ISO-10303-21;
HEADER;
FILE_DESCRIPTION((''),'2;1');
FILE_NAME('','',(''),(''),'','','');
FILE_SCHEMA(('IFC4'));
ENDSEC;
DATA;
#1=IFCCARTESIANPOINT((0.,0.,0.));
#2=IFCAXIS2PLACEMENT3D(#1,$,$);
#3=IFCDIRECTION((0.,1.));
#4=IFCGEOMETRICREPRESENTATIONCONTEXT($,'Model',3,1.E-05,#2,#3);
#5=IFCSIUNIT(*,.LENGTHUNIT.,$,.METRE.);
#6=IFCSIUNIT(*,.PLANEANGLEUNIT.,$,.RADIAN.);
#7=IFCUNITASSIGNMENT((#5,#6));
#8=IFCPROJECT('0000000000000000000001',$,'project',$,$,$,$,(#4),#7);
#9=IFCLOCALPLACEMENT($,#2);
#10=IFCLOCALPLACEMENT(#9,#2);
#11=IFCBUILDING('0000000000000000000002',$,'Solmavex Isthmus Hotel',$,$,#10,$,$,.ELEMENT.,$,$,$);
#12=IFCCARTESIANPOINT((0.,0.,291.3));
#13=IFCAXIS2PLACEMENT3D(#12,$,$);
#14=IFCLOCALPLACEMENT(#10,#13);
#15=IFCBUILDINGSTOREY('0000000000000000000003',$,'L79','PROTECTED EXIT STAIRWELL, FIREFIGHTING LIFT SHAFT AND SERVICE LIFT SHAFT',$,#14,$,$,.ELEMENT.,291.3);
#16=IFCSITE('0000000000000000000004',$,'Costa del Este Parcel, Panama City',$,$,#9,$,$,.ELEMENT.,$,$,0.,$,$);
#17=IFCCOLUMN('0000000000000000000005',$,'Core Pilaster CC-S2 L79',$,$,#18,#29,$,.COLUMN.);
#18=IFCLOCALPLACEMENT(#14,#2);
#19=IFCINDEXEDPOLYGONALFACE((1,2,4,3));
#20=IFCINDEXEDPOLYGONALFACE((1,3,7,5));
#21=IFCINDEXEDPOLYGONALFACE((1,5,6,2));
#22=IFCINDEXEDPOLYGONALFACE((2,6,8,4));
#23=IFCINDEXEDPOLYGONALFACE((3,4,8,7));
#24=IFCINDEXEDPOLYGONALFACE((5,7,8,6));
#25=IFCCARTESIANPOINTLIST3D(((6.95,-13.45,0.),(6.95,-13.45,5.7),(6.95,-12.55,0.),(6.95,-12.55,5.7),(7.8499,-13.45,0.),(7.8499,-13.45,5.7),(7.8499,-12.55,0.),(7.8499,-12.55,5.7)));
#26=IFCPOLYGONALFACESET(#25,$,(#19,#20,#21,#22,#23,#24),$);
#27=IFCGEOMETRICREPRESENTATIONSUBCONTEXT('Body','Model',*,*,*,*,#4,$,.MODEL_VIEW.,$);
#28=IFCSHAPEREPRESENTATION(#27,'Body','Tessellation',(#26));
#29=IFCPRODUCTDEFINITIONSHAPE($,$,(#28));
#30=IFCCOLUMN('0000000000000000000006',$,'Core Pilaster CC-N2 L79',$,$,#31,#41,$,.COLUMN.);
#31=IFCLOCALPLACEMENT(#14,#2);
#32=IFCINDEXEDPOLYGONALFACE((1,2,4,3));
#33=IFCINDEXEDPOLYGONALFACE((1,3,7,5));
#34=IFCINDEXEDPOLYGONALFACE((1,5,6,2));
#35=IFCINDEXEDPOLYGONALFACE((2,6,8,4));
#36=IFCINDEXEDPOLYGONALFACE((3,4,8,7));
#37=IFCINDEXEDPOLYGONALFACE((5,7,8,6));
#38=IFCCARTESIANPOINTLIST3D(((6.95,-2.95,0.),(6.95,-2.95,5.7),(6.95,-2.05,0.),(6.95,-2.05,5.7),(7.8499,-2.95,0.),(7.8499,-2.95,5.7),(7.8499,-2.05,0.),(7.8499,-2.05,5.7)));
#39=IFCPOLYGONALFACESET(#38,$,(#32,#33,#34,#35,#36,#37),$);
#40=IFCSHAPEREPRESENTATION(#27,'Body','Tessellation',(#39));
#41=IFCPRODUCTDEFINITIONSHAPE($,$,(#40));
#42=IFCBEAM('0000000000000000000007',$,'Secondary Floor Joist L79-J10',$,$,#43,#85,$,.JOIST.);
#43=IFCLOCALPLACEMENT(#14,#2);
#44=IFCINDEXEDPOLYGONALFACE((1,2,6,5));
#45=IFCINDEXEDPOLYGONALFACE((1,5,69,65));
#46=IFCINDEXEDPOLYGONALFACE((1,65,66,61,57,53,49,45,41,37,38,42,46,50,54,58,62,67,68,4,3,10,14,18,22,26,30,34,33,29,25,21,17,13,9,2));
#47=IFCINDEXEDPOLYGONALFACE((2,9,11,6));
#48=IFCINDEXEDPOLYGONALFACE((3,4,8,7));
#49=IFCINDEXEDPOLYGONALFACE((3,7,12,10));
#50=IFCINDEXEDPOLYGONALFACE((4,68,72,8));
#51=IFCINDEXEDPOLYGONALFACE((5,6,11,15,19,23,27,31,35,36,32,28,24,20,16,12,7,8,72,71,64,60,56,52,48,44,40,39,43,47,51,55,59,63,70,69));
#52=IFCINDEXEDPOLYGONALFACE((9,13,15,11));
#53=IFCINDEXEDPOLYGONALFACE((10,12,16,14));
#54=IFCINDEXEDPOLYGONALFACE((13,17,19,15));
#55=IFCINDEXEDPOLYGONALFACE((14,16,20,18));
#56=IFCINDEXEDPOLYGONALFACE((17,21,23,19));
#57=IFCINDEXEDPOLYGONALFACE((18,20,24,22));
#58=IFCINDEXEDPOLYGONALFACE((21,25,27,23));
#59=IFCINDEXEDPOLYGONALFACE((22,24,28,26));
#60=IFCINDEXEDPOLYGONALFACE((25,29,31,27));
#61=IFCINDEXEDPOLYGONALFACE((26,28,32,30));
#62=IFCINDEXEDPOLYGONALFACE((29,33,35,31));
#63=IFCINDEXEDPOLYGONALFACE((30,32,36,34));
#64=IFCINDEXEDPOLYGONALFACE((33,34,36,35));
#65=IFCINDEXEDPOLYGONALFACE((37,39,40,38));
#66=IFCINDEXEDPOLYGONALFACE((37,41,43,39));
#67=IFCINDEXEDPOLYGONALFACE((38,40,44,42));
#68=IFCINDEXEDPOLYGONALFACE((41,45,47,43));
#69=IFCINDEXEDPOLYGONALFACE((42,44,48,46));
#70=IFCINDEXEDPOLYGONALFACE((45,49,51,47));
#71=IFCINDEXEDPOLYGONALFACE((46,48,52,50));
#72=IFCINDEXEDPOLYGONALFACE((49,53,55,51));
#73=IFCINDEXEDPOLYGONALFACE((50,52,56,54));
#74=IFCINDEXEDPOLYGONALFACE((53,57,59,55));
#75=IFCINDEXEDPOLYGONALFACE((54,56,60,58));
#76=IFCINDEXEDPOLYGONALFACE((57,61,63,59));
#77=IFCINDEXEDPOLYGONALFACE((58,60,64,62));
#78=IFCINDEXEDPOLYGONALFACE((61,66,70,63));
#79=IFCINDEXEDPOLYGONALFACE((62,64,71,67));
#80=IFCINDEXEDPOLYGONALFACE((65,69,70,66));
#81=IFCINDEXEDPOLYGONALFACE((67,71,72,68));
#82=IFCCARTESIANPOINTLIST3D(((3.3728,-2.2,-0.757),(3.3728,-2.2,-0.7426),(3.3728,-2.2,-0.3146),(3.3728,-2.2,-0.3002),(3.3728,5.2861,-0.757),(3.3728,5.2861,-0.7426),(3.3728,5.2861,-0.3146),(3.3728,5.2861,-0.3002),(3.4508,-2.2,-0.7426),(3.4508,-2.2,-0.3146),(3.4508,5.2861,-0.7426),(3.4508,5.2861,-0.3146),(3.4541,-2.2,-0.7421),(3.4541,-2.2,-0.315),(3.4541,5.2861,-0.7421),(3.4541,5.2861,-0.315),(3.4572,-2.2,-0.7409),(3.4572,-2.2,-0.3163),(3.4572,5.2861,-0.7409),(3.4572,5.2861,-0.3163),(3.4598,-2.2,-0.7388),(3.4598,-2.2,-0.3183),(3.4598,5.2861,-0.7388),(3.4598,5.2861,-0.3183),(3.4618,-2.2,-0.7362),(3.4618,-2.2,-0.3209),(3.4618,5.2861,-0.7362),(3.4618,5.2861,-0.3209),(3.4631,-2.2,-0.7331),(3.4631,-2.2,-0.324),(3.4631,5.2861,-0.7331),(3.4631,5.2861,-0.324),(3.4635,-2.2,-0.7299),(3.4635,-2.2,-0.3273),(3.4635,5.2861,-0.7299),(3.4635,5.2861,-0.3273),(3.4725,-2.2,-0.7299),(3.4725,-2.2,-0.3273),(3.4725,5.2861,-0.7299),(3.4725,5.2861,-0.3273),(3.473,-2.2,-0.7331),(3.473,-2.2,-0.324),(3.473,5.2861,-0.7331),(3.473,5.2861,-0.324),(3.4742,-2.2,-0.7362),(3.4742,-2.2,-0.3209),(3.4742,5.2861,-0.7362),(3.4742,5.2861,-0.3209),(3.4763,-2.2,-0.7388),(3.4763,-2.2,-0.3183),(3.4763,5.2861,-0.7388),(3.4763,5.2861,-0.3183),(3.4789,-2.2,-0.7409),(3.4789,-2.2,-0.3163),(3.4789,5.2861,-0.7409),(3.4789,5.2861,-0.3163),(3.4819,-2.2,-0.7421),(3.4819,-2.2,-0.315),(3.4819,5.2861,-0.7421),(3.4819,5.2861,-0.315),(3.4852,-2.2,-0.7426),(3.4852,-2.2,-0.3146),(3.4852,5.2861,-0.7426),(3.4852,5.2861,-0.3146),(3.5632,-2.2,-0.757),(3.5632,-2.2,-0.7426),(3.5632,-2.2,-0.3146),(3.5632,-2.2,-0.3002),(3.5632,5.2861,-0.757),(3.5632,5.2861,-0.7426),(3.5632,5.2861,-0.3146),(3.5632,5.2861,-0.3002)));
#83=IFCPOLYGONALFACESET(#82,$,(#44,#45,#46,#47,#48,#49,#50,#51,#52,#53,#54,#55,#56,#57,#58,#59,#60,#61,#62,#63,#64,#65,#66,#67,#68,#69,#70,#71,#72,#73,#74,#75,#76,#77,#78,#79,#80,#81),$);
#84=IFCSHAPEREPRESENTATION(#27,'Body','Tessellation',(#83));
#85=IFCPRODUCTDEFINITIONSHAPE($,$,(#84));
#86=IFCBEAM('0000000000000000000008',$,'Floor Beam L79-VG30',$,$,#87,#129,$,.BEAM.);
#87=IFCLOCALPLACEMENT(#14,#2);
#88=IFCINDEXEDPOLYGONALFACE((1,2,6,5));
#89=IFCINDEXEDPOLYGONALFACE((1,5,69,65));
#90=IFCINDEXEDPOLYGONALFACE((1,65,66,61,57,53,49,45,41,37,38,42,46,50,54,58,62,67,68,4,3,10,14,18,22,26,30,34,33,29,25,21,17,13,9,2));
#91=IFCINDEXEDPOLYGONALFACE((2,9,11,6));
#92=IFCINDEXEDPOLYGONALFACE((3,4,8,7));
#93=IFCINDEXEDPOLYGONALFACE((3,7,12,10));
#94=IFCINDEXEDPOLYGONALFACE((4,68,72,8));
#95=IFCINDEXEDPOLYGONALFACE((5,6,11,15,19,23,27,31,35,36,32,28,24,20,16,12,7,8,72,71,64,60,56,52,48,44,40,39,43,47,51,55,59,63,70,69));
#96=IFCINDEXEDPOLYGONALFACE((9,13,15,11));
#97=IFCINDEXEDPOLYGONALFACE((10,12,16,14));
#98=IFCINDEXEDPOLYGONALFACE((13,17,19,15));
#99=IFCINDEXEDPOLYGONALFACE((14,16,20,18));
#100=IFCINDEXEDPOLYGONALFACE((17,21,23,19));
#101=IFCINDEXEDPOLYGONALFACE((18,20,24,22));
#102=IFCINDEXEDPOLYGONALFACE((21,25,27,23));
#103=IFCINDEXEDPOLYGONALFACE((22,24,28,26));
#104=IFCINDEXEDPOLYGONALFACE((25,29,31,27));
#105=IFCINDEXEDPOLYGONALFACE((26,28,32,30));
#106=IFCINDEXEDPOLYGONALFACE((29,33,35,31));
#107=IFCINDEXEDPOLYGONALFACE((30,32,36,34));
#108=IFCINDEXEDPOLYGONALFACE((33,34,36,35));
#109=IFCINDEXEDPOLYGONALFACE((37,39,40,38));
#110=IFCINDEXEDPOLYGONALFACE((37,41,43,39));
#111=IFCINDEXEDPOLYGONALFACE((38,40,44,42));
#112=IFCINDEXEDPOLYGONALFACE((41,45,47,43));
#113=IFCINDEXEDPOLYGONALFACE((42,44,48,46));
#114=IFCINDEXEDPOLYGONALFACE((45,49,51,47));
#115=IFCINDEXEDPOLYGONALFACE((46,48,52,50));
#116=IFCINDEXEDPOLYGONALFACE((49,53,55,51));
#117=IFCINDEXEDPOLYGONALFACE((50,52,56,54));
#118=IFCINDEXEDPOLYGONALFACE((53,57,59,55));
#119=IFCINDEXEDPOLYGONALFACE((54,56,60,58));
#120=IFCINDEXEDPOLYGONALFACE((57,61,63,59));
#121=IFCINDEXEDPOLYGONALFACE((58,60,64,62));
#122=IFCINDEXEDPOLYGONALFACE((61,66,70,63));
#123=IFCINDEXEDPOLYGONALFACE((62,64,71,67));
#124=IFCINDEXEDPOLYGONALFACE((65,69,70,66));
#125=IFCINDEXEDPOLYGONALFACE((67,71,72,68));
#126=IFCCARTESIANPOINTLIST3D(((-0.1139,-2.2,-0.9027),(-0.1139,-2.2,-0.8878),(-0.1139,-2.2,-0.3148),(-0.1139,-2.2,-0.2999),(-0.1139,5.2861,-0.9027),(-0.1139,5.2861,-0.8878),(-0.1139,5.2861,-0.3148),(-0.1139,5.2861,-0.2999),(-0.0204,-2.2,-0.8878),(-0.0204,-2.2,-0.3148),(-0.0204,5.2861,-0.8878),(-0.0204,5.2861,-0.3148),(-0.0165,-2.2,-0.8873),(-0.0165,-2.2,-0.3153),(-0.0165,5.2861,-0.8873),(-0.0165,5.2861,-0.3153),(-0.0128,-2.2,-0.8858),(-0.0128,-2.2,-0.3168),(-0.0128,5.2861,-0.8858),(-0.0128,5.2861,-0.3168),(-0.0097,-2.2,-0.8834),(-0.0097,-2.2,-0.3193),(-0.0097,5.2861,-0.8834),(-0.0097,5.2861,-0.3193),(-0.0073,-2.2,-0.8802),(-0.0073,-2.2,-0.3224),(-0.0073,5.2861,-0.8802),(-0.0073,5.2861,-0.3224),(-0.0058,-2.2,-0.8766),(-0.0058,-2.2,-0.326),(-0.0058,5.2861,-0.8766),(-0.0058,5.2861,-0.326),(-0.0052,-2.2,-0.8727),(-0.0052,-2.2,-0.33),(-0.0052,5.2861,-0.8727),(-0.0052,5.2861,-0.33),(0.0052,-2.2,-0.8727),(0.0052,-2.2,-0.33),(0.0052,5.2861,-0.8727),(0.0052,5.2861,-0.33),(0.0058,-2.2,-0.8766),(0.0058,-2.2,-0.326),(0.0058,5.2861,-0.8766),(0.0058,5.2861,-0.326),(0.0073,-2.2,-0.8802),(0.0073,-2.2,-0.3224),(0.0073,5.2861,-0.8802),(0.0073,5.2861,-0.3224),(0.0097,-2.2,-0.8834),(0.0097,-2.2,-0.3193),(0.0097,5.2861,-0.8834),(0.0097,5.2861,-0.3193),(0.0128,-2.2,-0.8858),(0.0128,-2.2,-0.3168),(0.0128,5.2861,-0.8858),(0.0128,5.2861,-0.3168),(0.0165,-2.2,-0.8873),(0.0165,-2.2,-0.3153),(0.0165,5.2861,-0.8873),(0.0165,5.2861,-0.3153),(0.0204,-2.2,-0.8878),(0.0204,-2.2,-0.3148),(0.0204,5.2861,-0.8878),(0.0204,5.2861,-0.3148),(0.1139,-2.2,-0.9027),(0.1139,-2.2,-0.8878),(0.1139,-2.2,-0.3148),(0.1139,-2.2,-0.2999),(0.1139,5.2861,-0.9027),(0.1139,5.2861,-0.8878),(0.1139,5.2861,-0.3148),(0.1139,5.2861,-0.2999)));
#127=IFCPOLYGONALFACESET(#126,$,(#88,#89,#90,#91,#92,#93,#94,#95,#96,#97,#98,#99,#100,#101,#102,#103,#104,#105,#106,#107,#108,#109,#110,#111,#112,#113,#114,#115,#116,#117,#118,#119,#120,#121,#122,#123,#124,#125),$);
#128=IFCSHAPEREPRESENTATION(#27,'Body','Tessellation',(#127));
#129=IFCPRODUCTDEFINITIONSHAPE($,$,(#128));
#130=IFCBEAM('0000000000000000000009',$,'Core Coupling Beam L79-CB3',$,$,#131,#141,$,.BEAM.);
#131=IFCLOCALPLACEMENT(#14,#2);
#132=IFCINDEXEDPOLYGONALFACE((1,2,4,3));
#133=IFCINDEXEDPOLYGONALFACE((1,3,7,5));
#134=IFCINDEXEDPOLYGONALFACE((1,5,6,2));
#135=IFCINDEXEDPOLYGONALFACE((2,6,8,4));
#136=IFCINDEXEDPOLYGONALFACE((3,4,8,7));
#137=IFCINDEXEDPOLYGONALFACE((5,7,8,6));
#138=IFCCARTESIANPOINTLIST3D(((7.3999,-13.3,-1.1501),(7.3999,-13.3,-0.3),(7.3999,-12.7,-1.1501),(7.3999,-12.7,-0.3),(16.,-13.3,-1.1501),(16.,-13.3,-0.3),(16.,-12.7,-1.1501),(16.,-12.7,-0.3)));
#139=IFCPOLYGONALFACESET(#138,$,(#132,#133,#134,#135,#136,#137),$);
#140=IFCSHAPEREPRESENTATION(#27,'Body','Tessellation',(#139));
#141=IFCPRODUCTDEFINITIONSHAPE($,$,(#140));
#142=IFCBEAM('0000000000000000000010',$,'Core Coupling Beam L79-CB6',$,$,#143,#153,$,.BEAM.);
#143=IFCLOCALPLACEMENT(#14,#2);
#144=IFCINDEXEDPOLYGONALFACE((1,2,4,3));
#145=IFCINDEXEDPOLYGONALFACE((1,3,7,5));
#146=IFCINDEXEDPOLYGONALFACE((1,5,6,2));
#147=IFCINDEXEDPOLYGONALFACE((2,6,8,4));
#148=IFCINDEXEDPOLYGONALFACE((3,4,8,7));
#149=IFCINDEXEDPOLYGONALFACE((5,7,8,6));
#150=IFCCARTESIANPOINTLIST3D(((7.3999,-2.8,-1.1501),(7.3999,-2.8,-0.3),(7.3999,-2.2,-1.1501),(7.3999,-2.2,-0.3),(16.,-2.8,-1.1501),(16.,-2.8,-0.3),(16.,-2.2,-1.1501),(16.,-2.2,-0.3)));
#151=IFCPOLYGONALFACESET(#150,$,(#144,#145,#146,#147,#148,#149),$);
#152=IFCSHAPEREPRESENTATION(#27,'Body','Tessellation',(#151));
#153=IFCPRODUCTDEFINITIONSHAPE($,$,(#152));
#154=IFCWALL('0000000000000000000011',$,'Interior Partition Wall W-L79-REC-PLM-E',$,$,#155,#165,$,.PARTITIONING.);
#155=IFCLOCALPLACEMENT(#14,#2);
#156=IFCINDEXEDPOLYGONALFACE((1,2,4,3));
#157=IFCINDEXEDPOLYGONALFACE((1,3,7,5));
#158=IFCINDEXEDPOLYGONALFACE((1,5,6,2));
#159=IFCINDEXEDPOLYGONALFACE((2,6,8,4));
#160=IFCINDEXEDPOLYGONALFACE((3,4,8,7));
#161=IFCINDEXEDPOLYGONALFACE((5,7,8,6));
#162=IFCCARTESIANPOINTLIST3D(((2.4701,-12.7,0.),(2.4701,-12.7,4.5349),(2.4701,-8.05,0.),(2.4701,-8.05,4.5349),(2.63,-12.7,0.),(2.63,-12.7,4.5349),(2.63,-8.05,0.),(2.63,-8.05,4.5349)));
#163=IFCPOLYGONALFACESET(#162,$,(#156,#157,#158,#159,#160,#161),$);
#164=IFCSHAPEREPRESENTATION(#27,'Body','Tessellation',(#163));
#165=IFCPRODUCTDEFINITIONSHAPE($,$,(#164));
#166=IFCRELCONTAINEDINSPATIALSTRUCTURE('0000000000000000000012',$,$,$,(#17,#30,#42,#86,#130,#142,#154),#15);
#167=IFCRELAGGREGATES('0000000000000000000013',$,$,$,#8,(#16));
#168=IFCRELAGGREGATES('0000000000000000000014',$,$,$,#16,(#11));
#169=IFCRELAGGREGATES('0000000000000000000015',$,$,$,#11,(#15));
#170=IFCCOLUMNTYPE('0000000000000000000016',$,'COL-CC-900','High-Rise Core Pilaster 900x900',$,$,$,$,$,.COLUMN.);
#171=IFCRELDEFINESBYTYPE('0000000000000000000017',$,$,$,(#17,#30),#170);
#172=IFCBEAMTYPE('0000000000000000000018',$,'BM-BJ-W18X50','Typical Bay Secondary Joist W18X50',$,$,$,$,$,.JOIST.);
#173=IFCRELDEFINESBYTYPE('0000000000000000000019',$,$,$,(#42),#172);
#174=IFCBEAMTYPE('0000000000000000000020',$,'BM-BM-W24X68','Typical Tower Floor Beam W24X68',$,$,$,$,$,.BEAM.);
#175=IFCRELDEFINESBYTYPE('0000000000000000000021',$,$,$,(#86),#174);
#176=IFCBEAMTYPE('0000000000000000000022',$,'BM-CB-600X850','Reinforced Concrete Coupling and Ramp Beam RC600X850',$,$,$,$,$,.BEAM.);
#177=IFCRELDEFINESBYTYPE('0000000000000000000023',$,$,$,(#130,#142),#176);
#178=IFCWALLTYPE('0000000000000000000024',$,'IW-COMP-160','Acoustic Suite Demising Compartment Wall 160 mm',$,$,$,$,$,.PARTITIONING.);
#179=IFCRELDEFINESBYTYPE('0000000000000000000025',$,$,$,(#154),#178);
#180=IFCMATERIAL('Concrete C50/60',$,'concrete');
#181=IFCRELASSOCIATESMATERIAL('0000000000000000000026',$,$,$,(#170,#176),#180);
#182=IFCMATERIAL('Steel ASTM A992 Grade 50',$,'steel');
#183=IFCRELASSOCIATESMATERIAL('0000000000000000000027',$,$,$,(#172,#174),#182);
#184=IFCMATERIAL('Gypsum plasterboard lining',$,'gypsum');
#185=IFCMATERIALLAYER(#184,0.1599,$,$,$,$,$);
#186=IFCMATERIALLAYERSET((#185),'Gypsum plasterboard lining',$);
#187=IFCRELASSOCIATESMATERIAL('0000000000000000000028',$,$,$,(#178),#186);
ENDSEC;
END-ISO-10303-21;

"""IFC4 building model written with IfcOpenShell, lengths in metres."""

from ifc_helpers import new_model, si_unit, direction, frame, frame_2d, origin, origin_2d, place, context, subcontext, project, spatial, rectangle, i_section, extrude, material, layer, layer_set, material_profile, profile_set, type_object, element, save


model = new_model("IFC4")

# Units and contexts
model_context = context("Model", 3, precision=1e-05, world=origin(), true_north=direction((0.0, 1.0)))
body_context = subcontext(model_context, "Body", "Model", "MODEL_VIEW")
ifc_project = project(units=[si_unit("LENGTHUNIT", "METRE"), si_unit("PLANEANGLEUNIT", "RADIAN")], contexts=[model_context])

# Site, building, storey
site_placement = place(None, origin())
site = spatial("IfcSite", under=ifc_project, at=site_placement, Name="Costa del Este Parcel, Panama City", CompositionType="ELEMENT", RefElevation=0.0)
building_placement = place(site_placement, origin())
building = spatial("IfcBuilding", under=site, at=building_placement, Name="Solmavex Isthmus Hotel", CompositionType="ELEMENT")
storey_placement = place(building_placement, frame((0.0, 0.0, 291.3)))
storey = spatial("IfcBuildingStorey", under=building, at=storey_placement, Name="L79", Description="PROTECTED EXIT STAIRWELL, FIREFIGHTING LIFT SHAFT AND SERVICE LIFT SHAFT", CompositionType="ELEMENT", Elevation=291.3)

# Columns
ifc_material_1 = material(Name="Concrete C50/60", Category="concrete")
ifc_material_profile_1 = material_profile(ifc_material_1, rectangle(XDim=0.8999, YDim=0.8999, at=origin_2d()), Name="RC900X900")
ifc_profile_set_1 = profile_set([ifc_material_profile_1], Name="Concrete C50/60")
column_type = type_object("IfcColumnType", Name="COL-CC-900", Description="High-Rise Core Pilaster 900x900", PredefinedType="COLUMN", material=ifc_profile_set_1)
for number, where, z_axis, x_axis, name in (
    (1, (7.3999, -13.0, 0.0), (0.0, 0.0, 1.0), (1.0, 0.0, 0.0), "Core Pilaster CC-S2 L79"),
    (2, (7.3999, -2.5, 0.0), (0.0, 0.0, 1.0), (1.0, 0.0, 0.0), "Core Pilaster CC-N2 L79"),
):
    element("IfcColumn", number, at=place(storey_placement, frame(where, z_axis=z_axis, x_axis=x_axis)), inside=storey, type_object=column_type, Name=name, PredefinedType="COLUMN", context=body_context, shape_type="SweptSolid", body=[
        extrude(rectangle(XDim=0.8999, YDim=0.8999, at=origin_2d()), origin(), (0.0, 0.0, 1.0), 5.7),
    ])

# Beams
ifc_material_2 = material(Name="Steel ASTM A992 Grade 50", Category="steel")
ifc_material_profile_2 = material_profile(ifc_material_2, i_section(OverallWidth=0.1904, OverallDepth=0.4568, WebThickness=0.009, FlangeThickness=0.0144, FilletRadius=0.0127, at=origin_2d()), Name="W18X50")
ifc_profile_set_2 = profile_set([ifc_material_profile_2], Name="Steel ASTM A992 Grade 50")
beam_type_1 = type_object("IfcBeamType", Name="BM-BJ-W18X50", Description="Typical Bay Secondary Joist W18X50", PredefinedType="JOIST", material=ifc_profile_set_2)
beam_1_placement = place(storey_placement, frame((3.468, -2.2, -0.5286), z_axis=(0.0, 1.0, 0.0), x_axis=(-1.0, 0.0, 0.0)))
element("IfcBeam", 3, at=beam_1_placement, inside=storey, type_object=beam_type_1, Name="Secondary Floor Joist L79-J10", PredefinedType="JOIST", context=body_context, shape_type="SweptSolid", body=[
    extrude(i_section(OverallWidth=0.1904, OverallDepth=0.4568, WebThickness=0.009, FlangeThickness=0.0144, FilletRadius=0.0127, at=origin_2d()), origin(), (0.0, 0.0, 1.0), 7.4861),
])
ifc_material_profile_3 = material_profile(ifc_material_2, i_section(OverallWidth=0.2278, OverallDepth=0.6028, WebThickness=0.0105, FlangeThickness=0.0149, FilletRadius=0.0151, at=origin_2d()), Name="W24X68")
ifc_profile_set_3 = profile_set([ifc_material_profile_3], Name="Steel ASTM A992 Grade 50")
beam_type_2 = type_object("IfcBeamType", Name="BM-BM-W24X68", Description="Typical Tower Floor Beam W24X68", PredefinedType="BEAM", material=ifc_profile_set_3)
beam_2_placement = place(storey_placement, frame((0.0, -2.2, -0.6013), z_axis=(0.0, 1.0, 0.0), x_axis=(-1.0, 0.0, 0.0)))
element("IfcBeam", 4, at=beam_2_placement, inside=storey, type_object=beam_type_2, Name="Floor Beam L79-VG30", PredefinedType="BEAM", context=body_context, shape_type="SweptSolid", body=[
    extrude(i_section(OverallWidth=0.2278, OverallDepth=0.6028, WebThickness=0.0105, FlangeThickness=0.0149, FilletRadius=0.0151, at=origin_2d()), origin(), (0.0, 0.0, 1.0), 7.4861),
])
ifc_material_profile_4 = material_profile(ifc_material_1, rectangle(XDim=0.6001, YDim=0.8501, at=origin_2d()), Name="RC600X850")
ifc_profile_set_4 = profile_set([ifc_material_profile_4], Name="Concrete C50/60")
beam_type_3 = type_object("IfcBeamType", Name="BM-CB-600X850", Description="Reinforced Concrete Coupling and Ramp Beam RC600X850", PredefinedType="BEAM", material=ifc_profile_set_4)
for number, where, z_axis, x_axis, name in (
    (5, (7.3999, -13.0, -0.7251), (1.0, 0.0, 0.0), (0.0, 1.0, 0.0), "Core Coupling Beam L79-CB3"),
    (6, (7.3999, -2.5, -0.7251), (1.0, 0.0, 0.0), (0.0, 1.0, 0.0), "Core Coupling Beam L79-CB6"),
):
    element("IfcBeam", number, at=place(storey_placement, frame(where, z_axis=z_axis, x_axis=x_axis)), inside=storey, type_object=beam_type_3, Name=name, PredefinedType="BEAM", context=body_context, shape_type="SweptSolid", body=[
        extrude(rectangle(XDim=0.6001, YDim=0.8501, at=origin_2d()), origin(), (0.0, 0.0, 1.0), 8.6001),
    ])

# Wall
ifc_material_3 = material(Name="Gypsum plasterboard lining", Category="gypsum")
ifc_layer_1 = layer(ifc_material_3, 0.1599)
ifc_layer_set_1 = layer_set([ifc_layer_1], Name="Gypsum plasterboard lining")
wall_type_1 = type_object("IfcWallType", Name="IW-COMP-160", Description="Acoustic Suite Demising Compartment Wall 160 mm", PredefinedType="PARTITIONING", material=ifc_layer_set_1)
wall_1_placement = place(storey_placement, frame((2.55, -12.7, 0.0), z_axis=(0.0, 0.0, 1.0), x_axis=(0.0, 1.0, 0.0)))
element("IfcWall", 7, at=wall_1_placement, inside=storey, type_object=wall_type_1, Name="Interior Partition Wall W-L79-REC-PLM-E", PredefinedType="PARTITIONING", context=body_context, shape_type="SweptSolid", body=[
    extrude(rectangle(XDim=4.6499, YDim=0.1599, at=frame_2d((2.325, 0.0))), origin(), (0.0, 0.0, 1.0), 4.5349),
])

save(model, "model.ifc")
